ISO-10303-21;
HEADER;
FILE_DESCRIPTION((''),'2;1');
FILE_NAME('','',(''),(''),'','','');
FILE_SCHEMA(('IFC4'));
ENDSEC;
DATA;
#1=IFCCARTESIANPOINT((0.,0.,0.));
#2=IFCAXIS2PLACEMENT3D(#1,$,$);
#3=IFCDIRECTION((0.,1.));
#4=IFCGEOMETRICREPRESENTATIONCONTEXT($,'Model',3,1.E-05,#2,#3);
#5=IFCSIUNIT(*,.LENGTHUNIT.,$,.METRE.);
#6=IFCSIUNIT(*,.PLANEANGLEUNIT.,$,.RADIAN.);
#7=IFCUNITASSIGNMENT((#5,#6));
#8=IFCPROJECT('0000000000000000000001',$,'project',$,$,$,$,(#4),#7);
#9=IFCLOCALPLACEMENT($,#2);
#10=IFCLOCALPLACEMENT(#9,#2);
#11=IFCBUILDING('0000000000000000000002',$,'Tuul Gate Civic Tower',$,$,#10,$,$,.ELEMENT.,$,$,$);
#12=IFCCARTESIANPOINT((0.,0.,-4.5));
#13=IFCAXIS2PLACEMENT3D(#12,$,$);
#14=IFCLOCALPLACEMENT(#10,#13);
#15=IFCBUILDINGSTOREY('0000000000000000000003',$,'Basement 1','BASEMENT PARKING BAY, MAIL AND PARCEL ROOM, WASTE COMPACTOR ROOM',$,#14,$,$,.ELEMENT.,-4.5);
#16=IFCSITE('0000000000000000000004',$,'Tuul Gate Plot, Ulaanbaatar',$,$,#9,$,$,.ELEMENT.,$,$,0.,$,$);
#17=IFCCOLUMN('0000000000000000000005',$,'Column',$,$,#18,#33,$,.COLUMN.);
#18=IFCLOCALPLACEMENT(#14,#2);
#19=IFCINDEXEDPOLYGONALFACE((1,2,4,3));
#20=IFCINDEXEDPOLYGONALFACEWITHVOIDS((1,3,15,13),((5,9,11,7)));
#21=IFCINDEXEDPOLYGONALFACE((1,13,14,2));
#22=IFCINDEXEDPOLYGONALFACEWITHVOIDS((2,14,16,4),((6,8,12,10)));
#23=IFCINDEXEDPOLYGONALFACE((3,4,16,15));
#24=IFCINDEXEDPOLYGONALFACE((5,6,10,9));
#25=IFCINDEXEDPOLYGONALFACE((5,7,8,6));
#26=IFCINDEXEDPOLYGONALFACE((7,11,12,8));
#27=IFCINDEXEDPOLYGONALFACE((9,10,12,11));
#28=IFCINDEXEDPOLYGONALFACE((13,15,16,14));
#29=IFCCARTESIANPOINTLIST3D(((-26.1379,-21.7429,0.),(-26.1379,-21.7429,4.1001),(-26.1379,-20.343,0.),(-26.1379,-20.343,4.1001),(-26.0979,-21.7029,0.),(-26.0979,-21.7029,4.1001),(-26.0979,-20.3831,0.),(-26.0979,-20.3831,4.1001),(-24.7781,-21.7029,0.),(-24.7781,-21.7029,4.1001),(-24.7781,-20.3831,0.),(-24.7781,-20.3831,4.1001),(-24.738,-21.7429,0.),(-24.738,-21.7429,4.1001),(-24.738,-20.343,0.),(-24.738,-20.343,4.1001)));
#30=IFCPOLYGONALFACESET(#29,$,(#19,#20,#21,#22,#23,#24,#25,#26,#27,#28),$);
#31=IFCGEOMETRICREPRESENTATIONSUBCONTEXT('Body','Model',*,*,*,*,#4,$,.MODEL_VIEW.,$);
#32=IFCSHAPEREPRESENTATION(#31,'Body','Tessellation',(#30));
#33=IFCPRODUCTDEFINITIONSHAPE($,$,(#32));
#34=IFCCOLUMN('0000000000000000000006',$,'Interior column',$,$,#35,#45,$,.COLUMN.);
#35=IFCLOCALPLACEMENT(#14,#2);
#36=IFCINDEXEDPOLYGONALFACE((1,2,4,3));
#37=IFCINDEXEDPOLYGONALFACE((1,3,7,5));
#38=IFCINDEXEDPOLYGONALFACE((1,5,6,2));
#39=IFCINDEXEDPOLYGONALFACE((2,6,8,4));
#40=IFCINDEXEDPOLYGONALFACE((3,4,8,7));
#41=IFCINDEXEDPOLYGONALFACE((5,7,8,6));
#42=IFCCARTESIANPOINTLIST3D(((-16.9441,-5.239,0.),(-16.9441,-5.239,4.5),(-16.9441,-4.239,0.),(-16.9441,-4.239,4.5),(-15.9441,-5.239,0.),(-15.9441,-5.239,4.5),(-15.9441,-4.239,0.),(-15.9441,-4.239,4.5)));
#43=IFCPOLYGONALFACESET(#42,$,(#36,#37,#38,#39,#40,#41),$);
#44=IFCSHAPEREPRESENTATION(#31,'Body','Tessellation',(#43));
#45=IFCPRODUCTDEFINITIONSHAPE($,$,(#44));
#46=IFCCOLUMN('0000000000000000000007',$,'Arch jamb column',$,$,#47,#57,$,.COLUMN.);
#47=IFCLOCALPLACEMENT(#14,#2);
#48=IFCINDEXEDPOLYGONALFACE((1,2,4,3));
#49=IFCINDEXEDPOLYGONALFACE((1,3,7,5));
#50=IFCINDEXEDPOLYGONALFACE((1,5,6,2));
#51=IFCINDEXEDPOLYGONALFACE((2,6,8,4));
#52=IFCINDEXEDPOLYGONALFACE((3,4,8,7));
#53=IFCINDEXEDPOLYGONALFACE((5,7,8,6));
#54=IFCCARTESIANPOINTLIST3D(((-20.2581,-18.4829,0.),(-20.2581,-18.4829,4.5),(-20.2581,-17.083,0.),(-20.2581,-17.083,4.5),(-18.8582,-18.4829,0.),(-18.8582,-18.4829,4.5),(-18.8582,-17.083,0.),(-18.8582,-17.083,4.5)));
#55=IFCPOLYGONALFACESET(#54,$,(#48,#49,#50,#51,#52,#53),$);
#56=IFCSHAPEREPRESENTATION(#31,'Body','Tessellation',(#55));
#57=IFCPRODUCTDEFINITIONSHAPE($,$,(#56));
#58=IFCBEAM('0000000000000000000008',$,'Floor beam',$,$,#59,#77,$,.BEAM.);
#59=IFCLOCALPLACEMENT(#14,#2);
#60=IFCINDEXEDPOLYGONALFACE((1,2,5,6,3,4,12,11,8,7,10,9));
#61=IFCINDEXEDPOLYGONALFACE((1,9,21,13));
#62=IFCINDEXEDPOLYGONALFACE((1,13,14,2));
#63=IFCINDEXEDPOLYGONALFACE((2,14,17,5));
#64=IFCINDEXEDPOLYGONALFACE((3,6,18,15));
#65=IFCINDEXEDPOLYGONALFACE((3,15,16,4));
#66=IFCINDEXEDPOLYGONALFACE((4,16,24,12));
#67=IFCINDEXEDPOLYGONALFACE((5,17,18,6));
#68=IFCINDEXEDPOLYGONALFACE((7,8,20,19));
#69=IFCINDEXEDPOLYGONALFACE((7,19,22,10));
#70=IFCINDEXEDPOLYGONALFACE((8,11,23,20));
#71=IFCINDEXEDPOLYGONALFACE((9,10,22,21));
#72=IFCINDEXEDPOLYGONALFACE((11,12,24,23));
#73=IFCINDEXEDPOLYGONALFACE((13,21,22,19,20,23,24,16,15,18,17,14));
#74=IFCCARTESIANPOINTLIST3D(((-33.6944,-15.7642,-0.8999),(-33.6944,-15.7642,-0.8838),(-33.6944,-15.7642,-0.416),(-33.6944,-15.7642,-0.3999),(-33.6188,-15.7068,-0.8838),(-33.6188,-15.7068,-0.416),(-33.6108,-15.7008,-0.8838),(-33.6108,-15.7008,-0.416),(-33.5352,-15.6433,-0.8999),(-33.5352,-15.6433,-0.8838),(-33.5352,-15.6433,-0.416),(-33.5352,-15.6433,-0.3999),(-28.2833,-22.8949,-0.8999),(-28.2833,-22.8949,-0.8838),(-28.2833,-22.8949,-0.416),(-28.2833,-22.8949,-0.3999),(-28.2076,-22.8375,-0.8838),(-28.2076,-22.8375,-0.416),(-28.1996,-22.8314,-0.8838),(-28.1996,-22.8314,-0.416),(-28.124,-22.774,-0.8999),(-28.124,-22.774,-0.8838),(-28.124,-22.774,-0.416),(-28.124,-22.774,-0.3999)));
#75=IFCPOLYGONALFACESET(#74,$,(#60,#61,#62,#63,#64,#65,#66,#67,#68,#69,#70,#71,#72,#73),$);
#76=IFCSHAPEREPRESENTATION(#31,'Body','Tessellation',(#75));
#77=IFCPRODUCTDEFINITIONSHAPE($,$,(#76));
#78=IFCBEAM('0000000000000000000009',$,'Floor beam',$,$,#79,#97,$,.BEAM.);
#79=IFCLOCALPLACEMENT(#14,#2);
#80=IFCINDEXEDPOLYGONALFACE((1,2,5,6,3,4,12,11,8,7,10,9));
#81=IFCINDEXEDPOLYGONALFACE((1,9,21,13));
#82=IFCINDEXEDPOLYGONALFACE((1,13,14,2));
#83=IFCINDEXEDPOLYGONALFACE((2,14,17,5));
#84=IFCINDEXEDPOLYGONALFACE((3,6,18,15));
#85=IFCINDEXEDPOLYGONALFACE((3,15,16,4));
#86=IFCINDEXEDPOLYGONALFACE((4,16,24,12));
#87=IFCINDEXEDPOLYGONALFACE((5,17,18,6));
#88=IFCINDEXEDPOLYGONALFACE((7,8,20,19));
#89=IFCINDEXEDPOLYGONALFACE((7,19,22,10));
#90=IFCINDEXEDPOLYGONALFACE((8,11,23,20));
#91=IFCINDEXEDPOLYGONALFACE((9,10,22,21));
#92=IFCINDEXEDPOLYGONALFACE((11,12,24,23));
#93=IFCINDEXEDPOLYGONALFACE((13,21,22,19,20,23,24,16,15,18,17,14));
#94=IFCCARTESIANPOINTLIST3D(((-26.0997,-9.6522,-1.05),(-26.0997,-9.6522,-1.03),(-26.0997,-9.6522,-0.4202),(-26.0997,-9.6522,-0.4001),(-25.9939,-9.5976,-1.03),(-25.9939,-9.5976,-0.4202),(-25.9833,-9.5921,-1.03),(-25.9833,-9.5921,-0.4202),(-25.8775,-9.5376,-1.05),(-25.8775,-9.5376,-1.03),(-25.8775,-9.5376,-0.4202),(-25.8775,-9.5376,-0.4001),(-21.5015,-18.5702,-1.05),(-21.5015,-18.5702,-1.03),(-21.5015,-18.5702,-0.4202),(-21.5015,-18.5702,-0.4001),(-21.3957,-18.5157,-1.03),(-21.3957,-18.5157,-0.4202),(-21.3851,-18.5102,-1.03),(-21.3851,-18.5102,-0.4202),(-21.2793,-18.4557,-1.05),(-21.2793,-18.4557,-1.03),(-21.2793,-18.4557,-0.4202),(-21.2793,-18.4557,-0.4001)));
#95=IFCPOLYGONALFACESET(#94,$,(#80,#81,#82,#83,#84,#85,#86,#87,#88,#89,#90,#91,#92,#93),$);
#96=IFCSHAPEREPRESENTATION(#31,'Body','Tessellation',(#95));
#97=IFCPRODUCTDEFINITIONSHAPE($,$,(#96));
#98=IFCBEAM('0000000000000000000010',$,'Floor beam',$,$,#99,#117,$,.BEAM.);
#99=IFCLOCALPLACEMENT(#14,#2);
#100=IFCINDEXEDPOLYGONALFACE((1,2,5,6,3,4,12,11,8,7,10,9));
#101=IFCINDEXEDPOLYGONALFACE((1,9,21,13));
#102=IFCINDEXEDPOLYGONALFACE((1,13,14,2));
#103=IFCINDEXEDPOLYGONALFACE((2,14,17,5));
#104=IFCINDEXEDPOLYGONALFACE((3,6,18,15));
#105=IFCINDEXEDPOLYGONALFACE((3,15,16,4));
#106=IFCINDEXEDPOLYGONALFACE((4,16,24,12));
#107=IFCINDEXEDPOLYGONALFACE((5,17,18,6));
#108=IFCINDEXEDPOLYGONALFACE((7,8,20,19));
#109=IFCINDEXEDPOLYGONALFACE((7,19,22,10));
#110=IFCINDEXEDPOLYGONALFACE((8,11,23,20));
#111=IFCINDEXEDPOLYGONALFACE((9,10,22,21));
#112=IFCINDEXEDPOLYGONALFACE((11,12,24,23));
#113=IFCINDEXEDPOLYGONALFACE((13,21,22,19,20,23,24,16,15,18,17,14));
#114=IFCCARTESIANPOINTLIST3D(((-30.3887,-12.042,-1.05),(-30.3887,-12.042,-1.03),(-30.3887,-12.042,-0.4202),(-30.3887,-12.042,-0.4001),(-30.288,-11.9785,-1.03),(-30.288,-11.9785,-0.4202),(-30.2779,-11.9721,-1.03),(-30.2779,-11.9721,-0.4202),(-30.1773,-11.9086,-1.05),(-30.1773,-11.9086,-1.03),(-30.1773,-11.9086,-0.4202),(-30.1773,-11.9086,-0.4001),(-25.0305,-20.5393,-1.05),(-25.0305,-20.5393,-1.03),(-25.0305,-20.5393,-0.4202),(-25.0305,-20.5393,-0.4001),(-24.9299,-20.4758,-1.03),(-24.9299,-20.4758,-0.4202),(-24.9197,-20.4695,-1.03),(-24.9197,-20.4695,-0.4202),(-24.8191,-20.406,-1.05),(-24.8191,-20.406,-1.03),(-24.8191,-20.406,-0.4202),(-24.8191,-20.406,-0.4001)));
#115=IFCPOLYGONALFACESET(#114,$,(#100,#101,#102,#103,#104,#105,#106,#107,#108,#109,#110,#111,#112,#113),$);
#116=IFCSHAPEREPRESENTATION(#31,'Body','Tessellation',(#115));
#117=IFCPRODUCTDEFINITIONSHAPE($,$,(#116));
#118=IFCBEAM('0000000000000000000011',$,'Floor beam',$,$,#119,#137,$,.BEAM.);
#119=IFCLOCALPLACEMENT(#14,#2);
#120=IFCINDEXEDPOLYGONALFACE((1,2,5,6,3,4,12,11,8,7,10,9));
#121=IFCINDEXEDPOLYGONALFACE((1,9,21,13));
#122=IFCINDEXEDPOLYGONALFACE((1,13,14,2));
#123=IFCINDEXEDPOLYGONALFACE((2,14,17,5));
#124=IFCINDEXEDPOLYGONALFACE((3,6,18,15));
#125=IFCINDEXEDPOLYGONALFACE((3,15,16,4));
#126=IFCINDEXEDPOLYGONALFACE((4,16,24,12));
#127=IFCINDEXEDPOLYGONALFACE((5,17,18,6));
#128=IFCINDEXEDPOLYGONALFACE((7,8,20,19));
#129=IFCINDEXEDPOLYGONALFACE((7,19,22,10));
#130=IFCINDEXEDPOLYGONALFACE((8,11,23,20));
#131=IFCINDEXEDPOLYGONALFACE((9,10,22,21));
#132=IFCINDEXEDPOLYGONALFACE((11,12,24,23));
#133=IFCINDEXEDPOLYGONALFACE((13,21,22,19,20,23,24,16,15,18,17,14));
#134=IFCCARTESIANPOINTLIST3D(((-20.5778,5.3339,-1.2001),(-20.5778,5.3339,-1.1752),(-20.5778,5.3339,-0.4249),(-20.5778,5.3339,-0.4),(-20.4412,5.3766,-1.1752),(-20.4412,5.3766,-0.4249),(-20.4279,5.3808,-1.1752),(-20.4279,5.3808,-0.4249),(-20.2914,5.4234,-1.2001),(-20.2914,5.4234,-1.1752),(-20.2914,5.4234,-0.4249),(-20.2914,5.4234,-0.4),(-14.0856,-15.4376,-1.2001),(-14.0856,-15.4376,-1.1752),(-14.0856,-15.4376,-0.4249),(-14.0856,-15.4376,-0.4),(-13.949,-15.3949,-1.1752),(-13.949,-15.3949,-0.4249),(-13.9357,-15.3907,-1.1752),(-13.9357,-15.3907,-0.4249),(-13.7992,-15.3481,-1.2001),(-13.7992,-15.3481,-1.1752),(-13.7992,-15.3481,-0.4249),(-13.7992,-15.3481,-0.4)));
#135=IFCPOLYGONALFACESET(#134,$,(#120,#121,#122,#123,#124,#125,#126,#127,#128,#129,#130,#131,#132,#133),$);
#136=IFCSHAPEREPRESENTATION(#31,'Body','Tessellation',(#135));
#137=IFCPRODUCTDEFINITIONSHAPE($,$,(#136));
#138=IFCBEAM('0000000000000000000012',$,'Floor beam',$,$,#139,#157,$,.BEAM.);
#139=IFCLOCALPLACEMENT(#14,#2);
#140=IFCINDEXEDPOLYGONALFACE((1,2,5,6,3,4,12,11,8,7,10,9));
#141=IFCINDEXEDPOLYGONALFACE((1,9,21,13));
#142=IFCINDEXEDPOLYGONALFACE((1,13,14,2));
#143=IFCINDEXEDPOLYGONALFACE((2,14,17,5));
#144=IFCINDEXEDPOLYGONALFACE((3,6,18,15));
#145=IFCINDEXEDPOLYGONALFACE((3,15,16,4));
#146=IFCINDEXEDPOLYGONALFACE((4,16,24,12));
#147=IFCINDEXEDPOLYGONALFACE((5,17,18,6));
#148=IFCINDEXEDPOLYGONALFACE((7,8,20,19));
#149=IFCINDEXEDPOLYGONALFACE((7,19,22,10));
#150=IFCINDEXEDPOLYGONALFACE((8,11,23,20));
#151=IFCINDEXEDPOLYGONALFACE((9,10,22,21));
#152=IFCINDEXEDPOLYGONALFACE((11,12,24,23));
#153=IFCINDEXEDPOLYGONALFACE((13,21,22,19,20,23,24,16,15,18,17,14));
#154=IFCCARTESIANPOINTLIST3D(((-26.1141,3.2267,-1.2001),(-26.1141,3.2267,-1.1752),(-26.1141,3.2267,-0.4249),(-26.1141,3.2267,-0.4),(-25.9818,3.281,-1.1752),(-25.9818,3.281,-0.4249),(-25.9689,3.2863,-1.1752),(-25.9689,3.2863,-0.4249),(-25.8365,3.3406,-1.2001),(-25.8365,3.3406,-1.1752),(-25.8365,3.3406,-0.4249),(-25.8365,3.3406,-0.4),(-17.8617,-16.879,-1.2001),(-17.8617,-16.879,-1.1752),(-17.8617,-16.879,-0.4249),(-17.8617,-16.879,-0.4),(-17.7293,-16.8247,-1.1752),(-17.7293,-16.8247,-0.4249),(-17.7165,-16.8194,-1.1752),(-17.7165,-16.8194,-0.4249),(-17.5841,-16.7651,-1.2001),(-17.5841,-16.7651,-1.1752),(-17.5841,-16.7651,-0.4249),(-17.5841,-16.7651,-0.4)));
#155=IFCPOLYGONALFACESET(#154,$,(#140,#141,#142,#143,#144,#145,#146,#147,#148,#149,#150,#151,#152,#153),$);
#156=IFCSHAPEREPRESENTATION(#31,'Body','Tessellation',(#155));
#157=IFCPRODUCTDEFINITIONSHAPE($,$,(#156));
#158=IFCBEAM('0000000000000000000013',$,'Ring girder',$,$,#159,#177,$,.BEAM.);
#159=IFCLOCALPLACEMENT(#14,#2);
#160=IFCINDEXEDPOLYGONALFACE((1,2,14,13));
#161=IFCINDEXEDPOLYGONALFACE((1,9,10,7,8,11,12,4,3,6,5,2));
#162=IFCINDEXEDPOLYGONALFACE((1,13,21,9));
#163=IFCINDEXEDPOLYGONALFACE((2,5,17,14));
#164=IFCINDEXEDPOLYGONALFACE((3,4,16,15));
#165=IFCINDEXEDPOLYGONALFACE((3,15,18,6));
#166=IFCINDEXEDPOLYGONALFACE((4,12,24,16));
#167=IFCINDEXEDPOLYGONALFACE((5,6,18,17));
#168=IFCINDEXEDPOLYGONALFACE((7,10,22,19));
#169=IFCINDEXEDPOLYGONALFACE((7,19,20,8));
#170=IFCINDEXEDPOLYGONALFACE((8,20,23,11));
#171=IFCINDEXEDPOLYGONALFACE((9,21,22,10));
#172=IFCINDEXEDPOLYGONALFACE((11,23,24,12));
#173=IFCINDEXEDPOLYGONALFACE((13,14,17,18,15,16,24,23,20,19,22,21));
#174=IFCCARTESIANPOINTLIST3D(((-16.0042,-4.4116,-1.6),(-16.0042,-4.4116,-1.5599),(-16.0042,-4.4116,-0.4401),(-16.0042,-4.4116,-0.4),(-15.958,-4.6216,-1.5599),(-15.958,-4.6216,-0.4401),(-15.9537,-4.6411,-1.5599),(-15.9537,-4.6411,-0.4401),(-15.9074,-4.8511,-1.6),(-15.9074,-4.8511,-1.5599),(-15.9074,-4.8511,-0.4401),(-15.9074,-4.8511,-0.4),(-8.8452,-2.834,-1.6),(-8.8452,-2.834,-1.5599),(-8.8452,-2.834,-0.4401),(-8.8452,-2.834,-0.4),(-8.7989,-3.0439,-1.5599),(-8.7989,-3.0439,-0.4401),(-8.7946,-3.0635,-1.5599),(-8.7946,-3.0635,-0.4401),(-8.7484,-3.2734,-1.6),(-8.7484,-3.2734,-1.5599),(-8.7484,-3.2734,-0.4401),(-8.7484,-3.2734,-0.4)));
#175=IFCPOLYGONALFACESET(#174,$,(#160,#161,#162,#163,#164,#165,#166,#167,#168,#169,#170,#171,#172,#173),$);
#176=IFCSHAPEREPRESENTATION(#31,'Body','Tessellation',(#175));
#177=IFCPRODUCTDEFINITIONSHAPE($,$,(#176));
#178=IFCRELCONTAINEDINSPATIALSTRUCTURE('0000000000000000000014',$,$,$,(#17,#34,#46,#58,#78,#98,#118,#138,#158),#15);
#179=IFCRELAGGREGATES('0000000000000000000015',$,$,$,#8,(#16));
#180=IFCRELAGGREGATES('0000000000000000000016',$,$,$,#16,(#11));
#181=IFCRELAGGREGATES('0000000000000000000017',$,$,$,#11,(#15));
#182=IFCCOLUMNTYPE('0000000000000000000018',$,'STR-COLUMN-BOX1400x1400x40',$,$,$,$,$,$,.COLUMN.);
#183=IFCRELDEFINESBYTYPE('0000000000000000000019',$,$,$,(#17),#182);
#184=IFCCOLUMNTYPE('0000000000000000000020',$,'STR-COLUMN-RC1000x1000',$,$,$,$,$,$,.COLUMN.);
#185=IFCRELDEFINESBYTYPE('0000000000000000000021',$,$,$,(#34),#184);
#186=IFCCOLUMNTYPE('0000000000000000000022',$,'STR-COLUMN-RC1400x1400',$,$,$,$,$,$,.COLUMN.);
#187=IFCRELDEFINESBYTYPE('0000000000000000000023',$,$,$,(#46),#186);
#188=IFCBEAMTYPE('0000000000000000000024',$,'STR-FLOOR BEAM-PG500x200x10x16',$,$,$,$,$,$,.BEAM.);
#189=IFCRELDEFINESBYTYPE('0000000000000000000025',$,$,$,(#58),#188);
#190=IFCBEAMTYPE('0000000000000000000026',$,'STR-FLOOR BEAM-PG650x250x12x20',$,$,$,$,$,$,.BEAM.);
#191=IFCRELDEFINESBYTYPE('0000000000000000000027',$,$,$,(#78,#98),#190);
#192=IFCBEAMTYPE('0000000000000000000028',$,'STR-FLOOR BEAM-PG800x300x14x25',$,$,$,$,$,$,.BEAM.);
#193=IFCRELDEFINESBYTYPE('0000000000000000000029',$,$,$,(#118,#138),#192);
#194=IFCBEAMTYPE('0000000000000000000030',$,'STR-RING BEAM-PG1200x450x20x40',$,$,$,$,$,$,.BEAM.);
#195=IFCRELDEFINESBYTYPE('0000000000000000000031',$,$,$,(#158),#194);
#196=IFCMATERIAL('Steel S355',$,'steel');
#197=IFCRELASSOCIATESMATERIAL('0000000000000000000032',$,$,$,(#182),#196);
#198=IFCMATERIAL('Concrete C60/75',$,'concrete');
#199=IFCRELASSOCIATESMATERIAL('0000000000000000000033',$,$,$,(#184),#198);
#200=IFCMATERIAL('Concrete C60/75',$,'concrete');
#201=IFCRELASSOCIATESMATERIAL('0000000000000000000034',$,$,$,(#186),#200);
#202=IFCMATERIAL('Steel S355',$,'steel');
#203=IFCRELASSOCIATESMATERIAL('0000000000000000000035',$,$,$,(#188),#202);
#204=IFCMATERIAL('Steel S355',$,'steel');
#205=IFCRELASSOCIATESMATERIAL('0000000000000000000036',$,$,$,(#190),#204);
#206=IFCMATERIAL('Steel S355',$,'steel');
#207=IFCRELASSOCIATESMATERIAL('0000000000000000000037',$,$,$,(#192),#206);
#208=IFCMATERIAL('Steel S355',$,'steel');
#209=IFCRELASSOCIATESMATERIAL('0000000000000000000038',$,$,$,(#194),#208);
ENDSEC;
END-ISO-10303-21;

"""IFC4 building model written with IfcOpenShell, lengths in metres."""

from ifc_helpers import new_model, si_unit, direction, frame, origin, origin_2d, place, context, subcontext, project, spatial, rectangle, hollow_rectangle, i_section, extrude, material, material_profile, profile_set, type_object, element, save


model = new_model("IFC4")

# Units and contexts
model_context = context("Model", 3, precision=1e-05, world=origin(), true_north=direction((0.0, 1.0)))
body_context = subcontext(model_context, "Body", "Model", "MODEL_VIEW")
ifc_project = project(units=[si_unit("LENGTHUNIT", "METRE"), si_unit("PLANEANGLEUNIT", "RADIAN")], contexts=[model_context])

# Site, building, storey
site_placement = place(None, origin())
site = spatial("IfcSite", under=ifc_project, at=site_placement, Name="Tuul Gate Plot, Ulaanbaatar", CompositionType="ELEMENT", RefElevation=0.0)
building_placement = place(site_placement, origin())
building = spatial("IfcBuilding", under=site, at=building_placement, Name="Tuul Gate Civic Tower", CompositionType="ELEMENT")
storey_placement = place(building_placement, frame((0.0, 0.0, -4.5)))
storey = spatial("IfcBuildingStorey", under=building, at=storey_placement, Name="Basement 1", Description="BASEMENT PARKING BAY, MAIL AND PARCEL ROOM, WASTE COMPACTOR ROOM", CompositionType="ELEMENT", Elevation=-4.5)

# Columns
ifc_material_1 = material(Name="Steel S355", Category="steel")
ifc_material_profile_1 = material_profile(ifc_material_1, hollow_rectangle(XDim=1.3999, YDim=1.3999, WallThickness=0.04, at=origin_2d()), Name="BOX1400x1400x40")
ifc_profile_set_1 = profile_set([ifc_material_profile_1], Name="Steel S355")
column_type_1 = type_object("IfcColumnType", Name="STR-COLUMN-BOX1400x1400x40", PredefinedType="COLUMN", material=ifc_profile_set_1)
column_1_placement = place(storey_placement, frame((-25.438, -21.043, 0.0), z_axis=(0.0, 0.0, 1.0), x_axis=(1.0, 0.0, 0.0)))
element("IfcColumn", 1, at=column_1_placement, inside=storey, type_object=column_type_1, Name="Column", PredefinedType="COLUMN", context=body_context, shape_type="SweptSolid", body=[
    extrude(hollow_rectangle(XDim=1.3999, YDim=1.3999, WallThickness=0.04, at=origin_2d()), origin(), (0.0, 0.0, 1.0), 4.1001),
])
ifc_material_2 = material(Name="Concrete C60/75", Category="concrete")
ifc_material_profile_2 = material_profile(ifc_material_2, rectangle(XDim=1.0, YDim=1.0, at=origin_2d()), Name="RC1000x1000")
ifc_profile_set_2 = profile_set([ifc_material_profile_2], Name="Concrete C60/75")
column_type_2 = type_object("IfcColumnType", Name="STR-COLUMN-RC1000x1000", PredefinedType="COLUMN", material=ifc_profile_set_2)
column_2_placement = place(storey_placement, frame((-16.4441, -4.739, 0.0), z_axis=(0.0, 0.0, 1.0), x_axis=(1.0, 0.0, 0.0)))
element("IfcColumn", 2, at=column_2_placement, inside=storey, type_object=column_type_2, Name="Interior column", PredefinedType="COLUMN", context=body_context, shape_type="SweptSolid", body=[
    extrude(rectangle(XDim=1.0, YDim=1.0, at=origin_2d()), origin(), (0.0, 0.0, 1.0), 4.5),
])
ifc_material_3 = material(Name="Concrete C60/75", Category="concrete")
ifc_material_profile_3 = material_profile(ifc_material_3, rectangle(XDim=1.3999, YDim=1.3999, at=origin_2d()), Name="RC1400x1400")
ifc_profile_set_3 = profile_set([ifc_material_profile_3], Name="Concrete C60/75")
column_type_3 = type_object("IfcColumnType", Name="STR-COLUMN-RC1400x1400", PredefinedType="COLUMN", material=ifc_profile_set_3)
column_3_placement = place(storey_placement, frame((-19.5581, -17.783, 0.0), z_axis=(0.0, 0.0, 1.0), x_axis=(1.0, 0.0, 0.0)))
element("IfcColumn", 3, at=column_3_placement, inside=storey, type_object=column_type_3, Name="Arch jamb column", PredefinedType="COLUMN", context=body_context, shape_type="SweptSolid", body=[
    extrude(rectangle(XDim=1.3999, YDim=1.3999, at=origin_2d()), origin(), (0.0, 0.0, 1.0), 4.5),
])

# Beams
ifc_material_4 = material(Name="Steel S355", Category="steel")
ifc_material_profile_4 = material_profile(ifc_material_4, i_section(OverallWidth=0.2, OverallDepth=0.5, WebThickness=0.01, FlangeThickness=0.0161, at=origin_2d()), Name="PG500x200x10x16")
ifc_profile_set_4 = profile_set([ifc_material_profile_4], Name="Steel S355")
beam_type_1 = type_object("IfcBeamType", Name="STR-FLOOR BEAM-PG500x200x10x16", PredefinedType="BEAM", material=ifc_profile_set_4)
beam_1_placement = place(storey_placement, frame((-28.2036, -22.8345, -0.6499), z_axis=(-0.604507, 0.7966, 0.0), x_axis=(-0.7966, -0.604507, 0.0)))
element("IfcBeam", 4, at=beam_1_placement, inside=storey, type_object=beam_type_1, Name="Floor beam", PredefinedType="BEAM", context=body_context, shape_type="SweptSolid", body=[
    extrude(i_section(OverallWidth=0.2, OverallDepth=0.5, WebThickness=0.01, FlangeThickness=0.0161, at=origin_2d()), origin(), (0.0, 0.0, 1.0), 8.9514),
])
ifc_material_5 = material(Name="Steel S355", Category="steel")
ifc_material_profile_5 = material_profile(ifc_material_5, i_section(OverallWidth=0.25, OverallDepth=0.6499, WebThickness=0.012, FlangeThickness=0.02, at=origin_2d()), Name="PG650x250x12x20")
ifc_profile_set_5 = profile_set([ifc_material_profile_5], Name="Steel S355")
beam_type_2 = type_object("IfcBeamType", Name="STR-FLOOR BEAM-PG650x250x12x20", PredefinedType="BEAM", material=ifc_profile_set_5)
beam_2_placement = place(storey_placement, frame((-21.3904, -18.5129, -0.7251), z_axis=(-0.458275, 0.888811, 0.0), x_axis=(-0.888811, -0.458275, 0.0)))
element("IfcBeam", 5, at=beam_2_placement, inside=storey, type_object=beam_type_2, Name="Floor beam", PredefinedType="BEAM", context=body_context, shape_type="SweptSolid", body=[
    extrude(i_section(OverallWidth=0.25, OverallDepth=0.6499, WebThickness=0.012, FlangeThickness=0.02, at=origin_2d()), origin(), (0.0, 0.0, 1.0), 10.0337),
])
beam_3_placement = place(storey_placement, frame((-24.9248, -20.4727, -0.7251), z_axis=(-0.533383, 0.845874, 0.0), x_axis=(-0.845874, -0.533383, 0.0)))
element("IfcBeam", 6, at=beam_3_placement, inside=storey, type_object=beam_type_2, Name="Floor beam", PredefinedType="BEAM", context=body_context, shape_type="SweptSolid", body=[
    extrude(i_section(OverallWidth=0.25, OverallDepth=0.6499, WebThickness=0.012, FlangeThickness=0.02, at=origin_2d()), origin(), (0.0, 0.0, 1.0), 10.0457),
])
ifc_material_6 = material(Name="Steel S355", Category="steel")
ifc_material_profile_6 = material_profile(ifc_material_6, i_section(OverallWidth=0.3, OverallDepth=0.8, WebThickness=0.0139, FlangeThickness=0.0249, at=origin_2d()), Name="PG800x300x14x25")
ifc_profile_set_6 = profile_set([ifc_material_profile_6], Name="Steel S355")
beam_type_3 = type_object("IfcBeamType", Name="STR-FLOOR BEAM-PG800x300x14x25", PredefinedType="BEAM", material=ifc_profile_set_6)
beam_4_placement = place(storey_placement, frame((-13.9424, -15.3928, -0.8), z_axis=(-0.298321, 0.954466, 0.0), x_axis=(-0.954466, -0.298321, 0.0)))
element("IfcBeam", 7, at=beam_4_placement, inside=storey, type_object=beam_type_3, Name="Floor beam", PredefinedType="BEAM", context=body_context, shape_type="SweptSolid", body=[
    extrude(i_section(OverallWidth=0.3, OverallDepth=0.8, WebThickness=0.0139, FlangeThickness=0.0249, at=origin_2d()), origin(), (0.0, 0.0, 1.0), 21.7625),
])
beam_5_placement = place(storey_placement, frame((-17.7229, -16.822, -0.8), z_axis=(-0.379712, 0.925105, 0.0), x_axis=(-0.925105, -0.379712, 0.0)))
element("IfcBeam", 8, at=beam_5_placement, inside=storey, type_object=beam_type_3, Name="Floor beam", PredefinedType="BEAM", context=body_context, shape_type="SweptSolid", body=[
    extrude(i_section(OverallWidth=0.3, OverallDepth=0.8, WebThickness=0.0139, FlangeThickness=0.0249, at=origin_2d()), origin(), (0.0, 0.0, 1.0), 21.7334),
])
ifc_material_7 = material(Name="Steel S355", Category="steel")
ifc_material_profile_7 = material_profile(ifc_material_7, i_section(OverallWidth=0.45, OverallDepth=1.2, WebThickness=0.02, FlangeThickness=0.04, at=origin_2d()), Name="PG1200x450x20x40")
ifc_profile_set_7 = profile_set([ifc_material_profile_7], Name="Steel S355")
beam_type_4 = type_object("IfcBeamType", Name="STR-RING BEAM-PG1200x450x20x40", PredefinedType="BEAM", material=ifc_profile_set_7)
beam_6_placement = place(storey_placement, frame((-15.9558, -4.6313, -1.0), z_axis=(0.976568, 0.215209, 0.0), x_axis=(-0.215209, 0.976568, 0.0)))
element("IfcBeam", 9, at=beam_6_placement, inside=storey, type_object=beam_type_4, Name="Ring girder", PredefinedType="BEAM", context=body_context, shape_type="SweptSolid", body=[
    extrude(i_section(OverallWidth=0.45, OverallDepth=1.2, WebThickness=0.02, FlangeThickness=0.04, at=origin_2d()), origin(), (0.0, 0.0, 1.0), 7.3308),
])

save(model, "model.ifc")
